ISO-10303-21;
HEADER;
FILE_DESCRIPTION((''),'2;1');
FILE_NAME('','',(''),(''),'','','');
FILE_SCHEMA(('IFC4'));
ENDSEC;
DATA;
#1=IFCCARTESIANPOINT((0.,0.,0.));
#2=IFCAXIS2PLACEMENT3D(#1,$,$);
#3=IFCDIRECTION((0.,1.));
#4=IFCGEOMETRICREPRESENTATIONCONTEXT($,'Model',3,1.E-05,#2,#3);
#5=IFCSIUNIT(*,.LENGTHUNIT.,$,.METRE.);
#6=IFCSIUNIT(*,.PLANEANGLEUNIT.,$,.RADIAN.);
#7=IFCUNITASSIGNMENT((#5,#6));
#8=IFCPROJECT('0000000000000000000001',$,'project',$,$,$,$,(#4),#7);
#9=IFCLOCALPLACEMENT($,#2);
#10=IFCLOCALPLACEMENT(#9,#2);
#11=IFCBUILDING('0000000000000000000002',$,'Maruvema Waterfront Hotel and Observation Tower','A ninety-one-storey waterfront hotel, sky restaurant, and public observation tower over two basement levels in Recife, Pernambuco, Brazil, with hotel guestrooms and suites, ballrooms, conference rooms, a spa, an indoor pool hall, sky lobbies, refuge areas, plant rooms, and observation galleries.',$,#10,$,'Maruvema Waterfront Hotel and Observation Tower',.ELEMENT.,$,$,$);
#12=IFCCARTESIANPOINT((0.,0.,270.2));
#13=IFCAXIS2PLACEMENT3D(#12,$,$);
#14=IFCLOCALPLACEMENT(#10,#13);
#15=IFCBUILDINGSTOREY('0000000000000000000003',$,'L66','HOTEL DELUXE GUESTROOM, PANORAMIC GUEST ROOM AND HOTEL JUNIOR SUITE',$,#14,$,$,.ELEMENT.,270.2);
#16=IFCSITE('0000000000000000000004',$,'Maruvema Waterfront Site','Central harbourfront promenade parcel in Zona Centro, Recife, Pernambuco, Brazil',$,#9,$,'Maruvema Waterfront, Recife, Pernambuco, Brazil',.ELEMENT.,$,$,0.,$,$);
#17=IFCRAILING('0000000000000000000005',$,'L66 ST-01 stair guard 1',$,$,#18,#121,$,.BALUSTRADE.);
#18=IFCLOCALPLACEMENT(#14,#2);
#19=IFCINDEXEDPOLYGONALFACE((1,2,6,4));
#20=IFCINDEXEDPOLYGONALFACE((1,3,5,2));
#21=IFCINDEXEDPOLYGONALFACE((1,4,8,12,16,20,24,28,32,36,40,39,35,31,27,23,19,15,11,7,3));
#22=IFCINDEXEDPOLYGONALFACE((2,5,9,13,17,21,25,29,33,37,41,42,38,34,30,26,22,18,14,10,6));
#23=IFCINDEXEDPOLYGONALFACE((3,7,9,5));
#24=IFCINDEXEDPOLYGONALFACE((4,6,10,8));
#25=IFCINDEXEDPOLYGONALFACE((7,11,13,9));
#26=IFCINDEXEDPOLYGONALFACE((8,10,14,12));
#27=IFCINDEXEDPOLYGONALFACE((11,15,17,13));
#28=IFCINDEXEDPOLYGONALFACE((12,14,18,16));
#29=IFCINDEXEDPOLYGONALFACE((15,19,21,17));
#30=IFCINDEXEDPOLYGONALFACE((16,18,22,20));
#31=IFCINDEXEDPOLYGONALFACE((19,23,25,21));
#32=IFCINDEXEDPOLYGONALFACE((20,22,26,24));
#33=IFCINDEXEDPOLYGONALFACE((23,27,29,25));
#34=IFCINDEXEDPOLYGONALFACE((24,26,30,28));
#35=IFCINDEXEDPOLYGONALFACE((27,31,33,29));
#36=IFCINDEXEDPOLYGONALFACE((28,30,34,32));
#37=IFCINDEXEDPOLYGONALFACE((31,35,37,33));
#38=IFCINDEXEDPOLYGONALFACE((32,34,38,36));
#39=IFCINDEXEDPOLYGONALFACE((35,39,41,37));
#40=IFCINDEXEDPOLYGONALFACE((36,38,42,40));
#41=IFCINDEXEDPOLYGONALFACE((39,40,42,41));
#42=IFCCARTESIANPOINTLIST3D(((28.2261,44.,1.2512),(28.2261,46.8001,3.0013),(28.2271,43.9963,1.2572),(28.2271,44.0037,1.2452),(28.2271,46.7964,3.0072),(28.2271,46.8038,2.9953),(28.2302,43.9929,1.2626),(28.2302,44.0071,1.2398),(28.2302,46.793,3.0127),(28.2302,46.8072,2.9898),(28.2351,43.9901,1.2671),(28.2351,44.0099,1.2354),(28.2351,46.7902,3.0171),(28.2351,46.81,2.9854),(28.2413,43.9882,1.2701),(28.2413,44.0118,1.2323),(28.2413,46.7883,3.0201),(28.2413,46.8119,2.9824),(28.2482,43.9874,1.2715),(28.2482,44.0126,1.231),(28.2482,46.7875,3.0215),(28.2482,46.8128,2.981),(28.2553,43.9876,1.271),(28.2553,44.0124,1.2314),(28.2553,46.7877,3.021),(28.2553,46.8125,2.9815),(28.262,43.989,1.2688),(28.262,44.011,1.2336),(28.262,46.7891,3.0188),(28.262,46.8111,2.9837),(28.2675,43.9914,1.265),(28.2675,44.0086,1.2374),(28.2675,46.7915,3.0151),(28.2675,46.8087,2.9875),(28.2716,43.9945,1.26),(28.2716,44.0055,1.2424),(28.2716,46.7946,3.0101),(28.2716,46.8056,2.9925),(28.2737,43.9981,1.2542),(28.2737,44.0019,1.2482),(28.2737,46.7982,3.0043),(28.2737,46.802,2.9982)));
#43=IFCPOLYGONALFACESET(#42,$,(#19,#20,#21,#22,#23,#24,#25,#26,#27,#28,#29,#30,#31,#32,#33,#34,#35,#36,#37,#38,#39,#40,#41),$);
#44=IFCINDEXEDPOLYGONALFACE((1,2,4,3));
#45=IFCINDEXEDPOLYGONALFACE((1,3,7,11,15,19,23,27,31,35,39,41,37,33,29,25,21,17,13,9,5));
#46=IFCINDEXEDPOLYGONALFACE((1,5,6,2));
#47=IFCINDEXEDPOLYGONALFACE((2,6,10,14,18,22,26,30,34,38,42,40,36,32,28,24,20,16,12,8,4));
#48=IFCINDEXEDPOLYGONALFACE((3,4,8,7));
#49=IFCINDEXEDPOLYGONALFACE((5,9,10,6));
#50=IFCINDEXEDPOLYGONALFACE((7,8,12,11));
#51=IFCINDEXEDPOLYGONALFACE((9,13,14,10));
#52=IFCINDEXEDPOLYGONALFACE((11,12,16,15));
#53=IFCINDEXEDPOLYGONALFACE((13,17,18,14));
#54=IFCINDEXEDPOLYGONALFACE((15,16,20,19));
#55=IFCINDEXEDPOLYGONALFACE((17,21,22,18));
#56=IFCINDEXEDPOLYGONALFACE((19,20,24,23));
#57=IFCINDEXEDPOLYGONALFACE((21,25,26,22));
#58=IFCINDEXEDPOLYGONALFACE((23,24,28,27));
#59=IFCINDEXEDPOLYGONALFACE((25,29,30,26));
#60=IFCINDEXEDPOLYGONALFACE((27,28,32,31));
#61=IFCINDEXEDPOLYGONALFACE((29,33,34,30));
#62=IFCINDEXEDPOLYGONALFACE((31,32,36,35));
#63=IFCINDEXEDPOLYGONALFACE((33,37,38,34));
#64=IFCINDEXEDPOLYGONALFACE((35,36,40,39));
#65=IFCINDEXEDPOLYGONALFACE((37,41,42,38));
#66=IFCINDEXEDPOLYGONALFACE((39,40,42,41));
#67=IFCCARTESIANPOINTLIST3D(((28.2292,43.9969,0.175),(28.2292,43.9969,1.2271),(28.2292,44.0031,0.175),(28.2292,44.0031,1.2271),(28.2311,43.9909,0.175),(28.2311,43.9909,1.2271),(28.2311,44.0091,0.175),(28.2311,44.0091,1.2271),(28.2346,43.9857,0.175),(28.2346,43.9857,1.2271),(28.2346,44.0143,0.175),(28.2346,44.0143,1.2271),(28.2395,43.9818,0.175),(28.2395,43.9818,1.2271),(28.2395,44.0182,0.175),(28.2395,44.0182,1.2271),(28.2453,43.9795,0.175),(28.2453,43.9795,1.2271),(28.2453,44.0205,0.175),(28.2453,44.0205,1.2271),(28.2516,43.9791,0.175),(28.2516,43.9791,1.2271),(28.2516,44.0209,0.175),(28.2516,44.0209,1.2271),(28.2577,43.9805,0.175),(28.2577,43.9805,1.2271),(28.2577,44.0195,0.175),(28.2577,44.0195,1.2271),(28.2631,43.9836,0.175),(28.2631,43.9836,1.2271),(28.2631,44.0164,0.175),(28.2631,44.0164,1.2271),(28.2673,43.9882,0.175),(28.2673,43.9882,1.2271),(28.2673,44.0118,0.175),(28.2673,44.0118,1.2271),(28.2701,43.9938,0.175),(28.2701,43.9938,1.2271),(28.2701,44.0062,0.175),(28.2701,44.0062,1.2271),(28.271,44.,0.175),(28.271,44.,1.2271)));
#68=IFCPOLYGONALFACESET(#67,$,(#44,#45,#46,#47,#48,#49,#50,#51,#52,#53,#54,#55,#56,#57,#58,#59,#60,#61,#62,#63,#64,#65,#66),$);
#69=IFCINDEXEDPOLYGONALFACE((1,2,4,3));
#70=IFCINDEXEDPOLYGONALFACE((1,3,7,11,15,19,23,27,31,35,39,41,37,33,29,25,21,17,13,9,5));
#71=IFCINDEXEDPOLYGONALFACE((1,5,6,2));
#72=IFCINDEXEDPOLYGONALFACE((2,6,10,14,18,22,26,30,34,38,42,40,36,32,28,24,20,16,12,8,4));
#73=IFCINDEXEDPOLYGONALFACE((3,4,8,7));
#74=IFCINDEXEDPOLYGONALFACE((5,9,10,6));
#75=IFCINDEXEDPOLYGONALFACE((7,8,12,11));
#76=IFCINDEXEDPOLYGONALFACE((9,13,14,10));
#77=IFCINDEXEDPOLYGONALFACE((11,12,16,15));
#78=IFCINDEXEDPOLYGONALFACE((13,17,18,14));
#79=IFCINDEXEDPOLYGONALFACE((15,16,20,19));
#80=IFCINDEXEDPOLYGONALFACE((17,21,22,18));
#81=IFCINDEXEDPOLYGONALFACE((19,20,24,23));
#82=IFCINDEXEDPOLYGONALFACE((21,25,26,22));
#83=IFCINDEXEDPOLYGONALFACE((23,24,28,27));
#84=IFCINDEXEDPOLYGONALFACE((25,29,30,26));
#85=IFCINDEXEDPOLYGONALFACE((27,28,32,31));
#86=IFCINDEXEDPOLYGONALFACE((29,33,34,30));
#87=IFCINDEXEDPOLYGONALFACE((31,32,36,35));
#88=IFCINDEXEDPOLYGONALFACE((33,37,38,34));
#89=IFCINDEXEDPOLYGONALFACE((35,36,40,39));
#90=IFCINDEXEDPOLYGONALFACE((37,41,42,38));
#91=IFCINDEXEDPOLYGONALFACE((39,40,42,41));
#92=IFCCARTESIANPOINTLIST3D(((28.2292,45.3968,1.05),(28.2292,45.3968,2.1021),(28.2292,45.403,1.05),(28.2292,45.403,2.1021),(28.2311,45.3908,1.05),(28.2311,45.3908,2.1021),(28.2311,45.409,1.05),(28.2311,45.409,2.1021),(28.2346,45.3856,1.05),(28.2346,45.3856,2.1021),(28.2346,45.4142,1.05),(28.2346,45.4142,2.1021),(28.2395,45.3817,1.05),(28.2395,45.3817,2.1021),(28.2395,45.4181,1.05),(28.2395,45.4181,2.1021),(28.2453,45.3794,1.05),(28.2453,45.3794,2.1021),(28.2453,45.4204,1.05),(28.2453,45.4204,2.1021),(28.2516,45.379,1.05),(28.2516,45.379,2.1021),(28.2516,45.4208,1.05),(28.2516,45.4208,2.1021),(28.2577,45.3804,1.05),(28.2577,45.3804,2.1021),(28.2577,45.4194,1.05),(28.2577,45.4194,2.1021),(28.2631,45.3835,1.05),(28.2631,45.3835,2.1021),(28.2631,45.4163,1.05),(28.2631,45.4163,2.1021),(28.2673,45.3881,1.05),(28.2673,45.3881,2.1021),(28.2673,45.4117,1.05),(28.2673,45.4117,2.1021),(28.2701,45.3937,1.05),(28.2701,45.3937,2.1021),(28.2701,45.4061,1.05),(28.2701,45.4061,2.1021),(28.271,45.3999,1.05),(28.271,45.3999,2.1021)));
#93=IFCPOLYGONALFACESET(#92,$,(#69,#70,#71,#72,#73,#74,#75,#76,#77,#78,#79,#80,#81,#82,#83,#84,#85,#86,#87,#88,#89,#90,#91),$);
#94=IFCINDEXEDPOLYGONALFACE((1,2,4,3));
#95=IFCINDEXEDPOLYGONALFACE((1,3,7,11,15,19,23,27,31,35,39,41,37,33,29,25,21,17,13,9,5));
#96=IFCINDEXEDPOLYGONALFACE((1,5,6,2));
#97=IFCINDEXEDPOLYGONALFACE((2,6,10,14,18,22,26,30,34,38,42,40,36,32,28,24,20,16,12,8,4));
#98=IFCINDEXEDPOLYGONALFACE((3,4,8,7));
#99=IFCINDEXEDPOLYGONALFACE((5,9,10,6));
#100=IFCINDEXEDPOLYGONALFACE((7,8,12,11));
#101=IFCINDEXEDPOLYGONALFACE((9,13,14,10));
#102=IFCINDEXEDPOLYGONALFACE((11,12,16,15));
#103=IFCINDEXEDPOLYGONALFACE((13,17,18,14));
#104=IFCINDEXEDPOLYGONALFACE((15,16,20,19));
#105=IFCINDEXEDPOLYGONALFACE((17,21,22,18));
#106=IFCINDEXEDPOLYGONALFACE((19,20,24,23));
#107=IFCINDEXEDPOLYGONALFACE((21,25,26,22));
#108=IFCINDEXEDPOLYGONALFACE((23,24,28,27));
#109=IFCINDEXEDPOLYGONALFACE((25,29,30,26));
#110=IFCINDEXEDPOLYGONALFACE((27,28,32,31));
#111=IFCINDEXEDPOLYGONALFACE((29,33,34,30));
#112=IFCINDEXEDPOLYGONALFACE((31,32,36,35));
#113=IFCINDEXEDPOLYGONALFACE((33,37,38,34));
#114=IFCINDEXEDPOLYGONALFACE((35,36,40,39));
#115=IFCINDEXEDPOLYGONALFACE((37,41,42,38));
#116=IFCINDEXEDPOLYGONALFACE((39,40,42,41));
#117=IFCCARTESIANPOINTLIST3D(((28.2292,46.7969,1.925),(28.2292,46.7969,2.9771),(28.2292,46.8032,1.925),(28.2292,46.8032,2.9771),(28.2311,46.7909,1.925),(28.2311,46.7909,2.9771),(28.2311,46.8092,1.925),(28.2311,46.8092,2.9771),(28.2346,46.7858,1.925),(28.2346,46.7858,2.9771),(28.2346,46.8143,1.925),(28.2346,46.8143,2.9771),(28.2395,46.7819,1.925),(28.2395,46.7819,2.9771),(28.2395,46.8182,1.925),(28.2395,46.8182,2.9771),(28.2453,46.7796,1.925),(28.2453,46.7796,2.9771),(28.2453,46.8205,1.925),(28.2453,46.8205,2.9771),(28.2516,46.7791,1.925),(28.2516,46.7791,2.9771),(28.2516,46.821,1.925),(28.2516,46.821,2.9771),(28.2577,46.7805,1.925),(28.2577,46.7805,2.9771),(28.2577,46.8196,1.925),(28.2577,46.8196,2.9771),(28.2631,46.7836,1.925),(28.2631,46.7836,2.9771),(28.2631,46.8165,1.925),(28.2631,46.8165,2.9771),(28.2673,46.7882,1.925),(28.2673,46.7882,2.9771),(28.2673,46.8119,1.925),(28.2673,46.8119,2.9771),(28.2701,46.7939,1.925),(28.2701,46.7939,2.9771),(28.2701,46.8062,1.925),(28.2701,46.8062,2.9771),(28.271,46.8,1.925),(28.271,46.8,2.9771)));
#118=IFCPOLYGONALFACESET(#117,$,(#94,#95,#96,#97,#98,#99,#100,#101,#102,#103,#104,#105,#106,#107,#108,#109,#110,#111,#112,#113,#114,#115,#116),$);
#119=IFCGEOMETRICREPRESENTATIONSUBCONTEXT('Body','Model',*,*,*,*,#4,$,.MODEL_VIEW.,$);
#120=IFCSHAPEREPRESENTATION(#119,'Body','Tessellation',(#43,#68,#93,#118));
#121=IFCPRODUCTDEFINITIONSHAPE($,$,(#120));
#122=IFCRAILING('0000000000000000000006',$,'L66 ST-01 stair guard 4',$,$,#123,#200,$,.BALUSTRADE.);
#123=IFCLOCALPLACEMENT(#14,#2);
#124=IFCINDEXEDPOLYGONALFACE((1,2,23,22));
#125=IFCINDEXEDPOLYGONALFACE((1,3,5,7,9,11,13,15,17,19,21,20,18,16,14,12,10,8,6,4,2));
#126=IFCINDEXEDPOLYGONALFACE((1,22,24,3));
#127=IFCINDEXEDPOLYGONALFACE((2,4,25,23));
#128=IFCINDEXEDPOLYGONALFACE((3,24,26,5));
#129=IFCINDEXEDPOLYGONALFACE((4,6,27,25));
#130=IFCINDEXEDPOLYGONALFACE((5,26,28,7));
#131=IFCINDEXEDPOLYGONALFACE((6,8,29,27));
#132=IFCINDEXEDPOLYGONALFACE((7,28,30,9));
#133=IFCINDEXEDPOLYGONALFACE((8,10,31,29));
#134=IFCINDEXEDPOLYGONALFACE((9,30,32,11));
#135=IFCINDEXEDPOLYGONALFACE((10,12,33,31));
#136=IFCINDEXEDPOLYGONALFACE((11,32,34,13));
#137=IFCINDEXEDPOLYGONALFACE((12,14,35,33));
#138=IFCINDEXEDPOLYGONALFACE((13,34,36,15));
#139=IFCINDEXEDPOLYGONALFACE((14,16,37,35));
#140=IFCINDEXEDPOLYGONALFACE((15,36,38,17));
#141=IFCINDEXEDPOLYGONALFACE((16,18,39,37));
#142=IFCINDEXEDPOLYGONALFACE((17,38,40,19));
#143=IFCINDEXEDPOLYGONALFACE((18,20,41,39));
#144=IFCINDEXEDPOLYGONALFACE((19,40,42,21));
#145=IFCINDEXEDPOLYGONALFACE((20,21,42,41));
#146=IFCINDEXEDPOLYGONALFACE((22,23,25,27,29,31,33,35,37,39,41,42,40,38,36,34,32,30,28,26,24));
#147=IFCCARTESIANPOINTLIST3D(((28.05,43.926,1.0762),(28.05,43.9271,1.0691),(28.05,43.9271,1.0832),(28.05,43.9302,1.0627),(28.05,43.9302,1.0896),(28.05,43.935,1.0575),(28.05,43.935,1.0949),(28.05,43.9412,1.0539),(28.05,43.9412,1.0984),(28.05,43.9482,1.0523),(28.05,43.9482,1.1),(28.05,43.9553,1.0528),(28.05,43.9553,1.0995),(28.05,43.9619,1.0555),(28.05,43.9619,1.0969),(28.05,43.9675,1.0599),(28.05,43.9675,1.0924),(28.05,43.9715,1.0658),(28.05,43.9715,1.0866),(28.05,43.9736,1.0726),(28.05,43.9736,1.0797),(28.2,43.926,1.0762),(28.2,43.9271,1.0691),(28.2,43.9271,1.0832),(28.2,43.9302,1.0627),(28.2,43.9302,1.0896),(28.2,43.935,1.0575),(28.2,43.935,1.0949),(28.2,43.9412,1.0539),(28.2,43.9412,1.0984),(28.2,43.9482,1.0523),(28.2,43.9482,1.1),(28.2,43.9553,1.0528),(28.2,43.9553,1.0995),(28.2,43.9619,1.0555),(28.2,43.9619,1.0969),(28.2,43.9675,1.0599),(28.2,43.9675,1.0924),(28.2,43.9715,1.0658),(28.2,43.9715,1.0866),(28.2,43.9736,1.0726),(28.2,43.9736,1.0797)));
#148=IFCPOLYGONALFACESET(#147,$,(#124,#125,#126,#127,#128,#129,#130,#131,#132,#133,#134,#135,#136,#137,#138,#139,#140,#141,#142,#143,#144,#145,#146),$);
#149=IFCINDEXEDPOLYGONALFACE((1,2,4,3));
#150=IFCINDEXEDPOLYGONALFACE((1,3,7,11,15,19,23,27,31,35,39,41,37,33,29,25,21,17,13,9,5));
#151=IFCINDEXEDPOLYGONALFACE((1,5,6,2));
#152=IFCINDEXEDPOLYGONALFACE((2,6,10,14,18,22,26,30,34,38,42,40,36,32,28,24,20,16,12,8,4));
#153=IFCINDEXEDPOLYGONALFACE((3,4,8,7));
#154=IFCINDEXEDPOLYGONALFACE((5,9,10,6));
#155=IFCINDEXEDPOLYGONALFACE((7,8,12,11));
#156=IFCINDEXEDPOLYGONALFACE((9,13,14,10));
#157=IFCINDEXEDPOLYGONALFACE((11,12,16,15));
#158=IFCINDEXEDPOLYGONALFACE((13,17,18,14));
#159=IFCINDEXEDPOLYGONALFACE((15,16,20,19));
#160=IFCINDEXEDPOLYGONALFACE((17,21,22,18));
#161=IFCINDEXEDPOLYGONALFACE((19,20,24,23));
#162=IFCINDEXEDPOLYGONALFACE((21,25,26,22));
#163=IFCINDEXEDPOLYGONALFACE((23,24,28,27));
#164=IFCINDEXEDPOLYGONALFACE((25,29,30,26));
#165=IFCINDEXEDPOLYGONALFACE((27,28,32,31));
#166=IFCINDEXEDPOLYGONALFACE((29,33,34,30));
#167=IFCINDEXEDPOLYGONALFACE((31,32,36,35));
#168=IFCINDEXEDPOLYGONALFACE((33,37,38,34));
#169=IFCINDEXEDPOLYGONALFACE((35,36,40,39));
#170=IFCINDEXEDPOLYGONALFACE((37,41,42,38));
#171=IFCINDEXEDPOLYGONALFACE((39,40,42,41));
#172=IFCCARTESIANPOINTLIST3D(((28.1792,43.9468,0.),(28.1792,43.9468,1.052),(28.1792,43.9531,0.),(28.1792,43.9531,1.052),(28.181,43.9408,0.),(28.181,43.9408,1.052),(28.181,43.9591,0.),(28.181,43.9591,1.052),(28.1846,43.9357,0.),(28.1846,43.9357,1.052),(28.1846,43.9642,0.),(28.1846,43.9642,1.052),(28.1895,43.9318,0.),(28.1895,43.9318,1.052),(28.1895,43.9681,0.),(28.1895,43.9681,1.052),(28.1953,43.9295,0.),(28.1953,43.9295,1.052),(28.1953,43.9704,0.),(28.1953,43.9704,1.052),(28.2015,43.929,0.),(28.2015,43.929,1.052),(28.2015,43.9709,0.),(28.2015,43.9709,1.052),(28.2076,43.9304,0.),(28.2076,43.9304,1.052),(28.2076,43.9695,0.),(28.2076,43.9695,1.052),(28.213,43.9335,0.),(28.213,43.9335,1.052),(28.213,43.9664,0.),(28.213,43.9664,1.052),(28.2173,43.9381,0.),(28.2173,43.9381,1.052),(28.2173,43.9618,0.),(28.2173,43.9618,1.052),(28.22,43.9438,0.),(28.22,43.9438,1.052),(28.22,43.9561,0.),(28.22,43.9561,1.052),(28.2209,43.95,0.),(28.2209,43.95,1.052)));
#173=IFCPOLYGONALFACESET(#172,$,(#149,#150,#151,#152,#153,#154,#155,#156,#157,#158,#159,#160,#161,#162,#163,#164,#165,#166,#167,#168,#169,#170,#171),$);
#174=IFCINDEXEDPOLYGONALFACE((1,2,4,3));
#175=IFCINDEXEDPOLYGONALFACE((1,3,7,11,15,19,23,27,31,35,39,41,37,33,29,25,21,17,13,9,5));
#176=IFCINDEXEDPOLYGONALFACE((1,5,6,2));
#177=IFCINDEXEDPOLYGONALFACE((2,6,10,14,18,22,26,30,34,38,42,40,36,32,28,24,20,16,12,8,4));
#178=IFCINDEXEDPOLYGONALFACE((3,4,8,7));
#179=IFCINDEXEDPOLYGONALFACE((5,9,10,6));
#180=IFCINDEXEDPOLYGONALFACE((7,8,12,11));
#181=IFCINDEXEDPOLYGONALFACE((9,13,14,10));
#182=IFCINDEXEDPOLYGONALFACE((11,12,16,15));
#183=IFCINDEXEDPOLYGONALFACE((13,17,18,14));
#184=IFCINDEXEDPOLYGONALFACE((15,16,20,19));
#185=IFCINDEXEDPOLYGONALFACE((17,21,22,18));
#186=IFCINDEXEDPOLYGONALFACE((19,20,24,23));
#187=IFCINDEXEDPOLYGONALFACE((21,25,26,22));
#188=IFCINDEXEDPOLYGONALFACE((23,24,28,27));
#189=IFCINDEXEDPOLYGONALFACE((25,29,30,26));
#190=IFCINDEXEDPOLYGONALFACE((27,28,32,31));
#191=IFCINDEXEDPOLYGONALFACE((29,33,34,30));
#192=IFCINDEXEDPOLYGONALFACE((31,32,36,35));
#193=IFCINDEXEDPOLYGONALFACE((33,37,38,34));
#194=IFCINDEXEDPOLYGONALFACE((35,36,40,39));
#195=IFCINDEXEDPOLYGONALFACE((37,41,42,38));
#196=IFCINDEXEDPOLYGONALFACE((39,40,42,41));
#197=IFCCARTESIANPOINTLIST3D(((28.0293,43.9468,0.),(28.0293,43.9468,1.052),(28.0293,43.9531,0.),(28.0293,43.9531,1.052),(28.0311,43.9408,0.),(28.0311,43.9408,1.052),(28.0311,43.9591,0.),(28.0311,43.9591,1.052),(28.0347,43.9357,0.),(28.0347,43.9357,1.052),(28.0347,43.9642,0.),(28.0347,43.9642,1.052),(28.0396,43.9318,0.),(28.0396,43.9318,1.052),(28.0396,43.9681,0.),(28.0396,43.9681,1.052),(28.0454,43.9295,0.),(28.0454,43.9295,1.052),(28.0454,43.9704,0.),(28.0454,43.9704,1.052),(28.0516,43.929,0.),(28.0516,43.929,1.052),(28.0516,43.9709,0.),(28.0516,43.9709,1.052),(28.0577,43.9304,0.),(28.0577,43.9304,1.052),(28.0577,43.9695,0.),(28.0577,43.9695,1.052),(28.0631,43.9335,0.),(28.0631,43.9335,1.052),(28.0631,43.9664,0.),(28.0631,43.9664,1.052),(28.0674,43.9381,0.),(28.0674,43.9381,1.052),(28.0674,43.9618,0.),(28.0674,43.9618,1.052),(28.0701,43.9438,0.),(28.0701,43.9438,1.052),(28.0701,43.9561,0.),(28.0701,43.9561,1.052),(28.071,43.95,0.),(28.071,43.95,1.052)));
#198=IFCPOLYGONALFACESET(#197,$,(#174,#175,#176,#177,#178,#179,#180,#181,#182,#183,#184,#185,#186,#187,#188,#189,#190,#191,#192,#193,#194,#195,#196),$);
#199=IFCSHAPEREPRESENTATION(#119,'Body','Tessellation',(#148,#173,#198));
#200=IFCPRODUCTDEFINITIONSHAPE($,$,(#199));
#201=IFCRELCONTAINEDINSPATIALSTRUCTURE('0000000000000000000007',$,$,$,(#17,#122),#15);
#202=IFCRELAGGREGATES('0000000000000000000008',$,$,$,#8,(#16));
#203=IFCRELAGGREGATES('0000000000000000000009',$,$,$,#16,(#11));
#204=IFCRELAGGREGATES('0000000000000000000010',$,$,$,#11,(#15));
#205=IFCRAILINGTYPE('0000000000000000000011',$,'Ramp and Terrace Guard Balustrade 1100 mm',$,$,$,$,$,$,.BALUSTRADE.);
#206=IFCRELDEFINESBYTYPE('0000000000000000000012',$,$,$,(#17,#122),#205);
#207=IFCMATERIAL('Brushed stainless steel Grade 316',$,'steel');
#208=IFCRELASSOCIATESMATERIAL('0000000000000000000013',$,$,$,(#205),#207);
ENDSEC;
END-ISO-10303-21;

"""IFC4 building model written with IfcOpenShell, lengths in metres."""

from ifc_helpers import new_model, si_unit, direction, frame, origin, origin_2d, place, context, subcontext, project, spatial, circle, extrude, material, type_object, element, save


model = new_model("IFC4")

# Units and contexts
model_context = context("Model", 3, precision=1e-05, world=origin(), true_north=direction((0.0, 1.0)))
body_context = subcontext(model_context, "Body", "Model", "MODEL_VIEW")
ifc_project = project(units=[si_unit("LENGTHUNIT", "METRE"), si_unit("PLANEANGLEUNIT", "RADIAN")], contexts=[model_context])

# Site, building, storey
site_placement = place(None, origin())
site = spatial("IfcSite", under=ifc_project, at=site_placement, Name="Maruvema Waterfront Site", Description="Central harbourfront promenade parcel in Zona Centro, Recife, Pernambuco, Brazil", LongName="Maruvema Waterfront, Recife, Pernambuco, Brazil", CompositionType="ELEMENT", RefElevation=0.0)
building_placement = place(site_placement, origin())
building = spatial("IfcBuilding", under=site, at=building_placement, Name="Maruvema Waterfront Hotel and Observation Tower", Description="A ninety-one-storey waterfront hotel, sky restaurant, and public observation tower over two basement levels in Recife, Pernambuco, Brazil, with hotel guestrooms and suites, ballrooms, conference rooms, a spa, an indoor pool hall, sky lobbies, refuge areas, plant rooms, and observation galleries.", LongName="Maruvema Waterfront Hotel and Observation Tower", CompositionType="ELEMENT")
storey_placement = place(building_placement, frame((0.0, 0.0, 270.2)))
storey = spatial("IfcBuildingStorey", under=building, at=storey_placement, Name="L66", Description="HOTEL DELUXE GUESTROOM, PANORAMIC GUEST ROOM AND HOTEL JUNIOR SUITE", CompositionType="ELEMENT", Elevation=270.2)

# Railings
ifc_material_1 = material(Name="Brushed stainless steel Grade 316", Category="steel")
railing_type_1 = type_object("IfcRailingType", Name="Ramp and Terrace Guard Balustrade 1100 mm", PredefinedType="BALUSTRADE", material=ifc_material_1)
railing_1_placement = place(storey_placement, frame((28.25, 44.0, 0.175)))
element("IfcRailing", 1, at=railing_1_placement, inside=storey, type_object=railing_type_1, Name="L66 ST-01 stair guard 1", PredefinedType="BALUSTRADE", context=body_context, shape_type="SweptSolid", body=[
    extrude(circle(Radius=0.0239, at=origin_2d()), frame((0.0, 0.0, 1.0762), z_axis=(0.0, 0.848002, 0.529992), x_axis=(-1.0, 0.0, 0.0)), (0.0, 0.0, 1.0), 3.302),
    extrude(circle(Radius=0.021, at=origin_2d()), origin(), (0.0, 0.0, 1.0), 1.052),
    extrude(circle(Radius=0.021, at=origin_2d()), frame((0.0, 1.3999, 0.875)), (0.0, 0.0, 1.0), 1.052),
    extrude(circle(Radius=0.021, at=origin_2d()), frame((0.0, 2.8, 1.75)), (0.0, 0.0, 1.0), 1.052),
])
railing_2_placement = place(storey_placement, frame((28.2, 43.95, 0.0)))
element("IfcRailing", 2, at=railing_2_placement, inside=storey, type_object=railing_type_1, Name="L66 ST-01 stair guard 4", PredefinedType="BALUSTRADE", context=body_context, shape_type="SweptSolid", body=[
    extrude(circle(Radius=0.0239, at=origin_2d()), frame((0.0, 0.0, 1.0762), z_axis=(-1.0, 0.0, 0.0), x_axis=(0.0, -1.0, 0.0)), (0.0, 0.0, 1.0), 0.1499),
    extrude(circle(Radius=0.021, at=origin_2d()), origin(), (0.0, 0.0, 1.0), 1.052),
    extrude(circle(Radius=0.021, at=origin_2d()), frame((-0.1499, 0.0, 0.0)), (0.0, 0.0, 1.0), 1.052),
])

save(model, "model.ifc")
